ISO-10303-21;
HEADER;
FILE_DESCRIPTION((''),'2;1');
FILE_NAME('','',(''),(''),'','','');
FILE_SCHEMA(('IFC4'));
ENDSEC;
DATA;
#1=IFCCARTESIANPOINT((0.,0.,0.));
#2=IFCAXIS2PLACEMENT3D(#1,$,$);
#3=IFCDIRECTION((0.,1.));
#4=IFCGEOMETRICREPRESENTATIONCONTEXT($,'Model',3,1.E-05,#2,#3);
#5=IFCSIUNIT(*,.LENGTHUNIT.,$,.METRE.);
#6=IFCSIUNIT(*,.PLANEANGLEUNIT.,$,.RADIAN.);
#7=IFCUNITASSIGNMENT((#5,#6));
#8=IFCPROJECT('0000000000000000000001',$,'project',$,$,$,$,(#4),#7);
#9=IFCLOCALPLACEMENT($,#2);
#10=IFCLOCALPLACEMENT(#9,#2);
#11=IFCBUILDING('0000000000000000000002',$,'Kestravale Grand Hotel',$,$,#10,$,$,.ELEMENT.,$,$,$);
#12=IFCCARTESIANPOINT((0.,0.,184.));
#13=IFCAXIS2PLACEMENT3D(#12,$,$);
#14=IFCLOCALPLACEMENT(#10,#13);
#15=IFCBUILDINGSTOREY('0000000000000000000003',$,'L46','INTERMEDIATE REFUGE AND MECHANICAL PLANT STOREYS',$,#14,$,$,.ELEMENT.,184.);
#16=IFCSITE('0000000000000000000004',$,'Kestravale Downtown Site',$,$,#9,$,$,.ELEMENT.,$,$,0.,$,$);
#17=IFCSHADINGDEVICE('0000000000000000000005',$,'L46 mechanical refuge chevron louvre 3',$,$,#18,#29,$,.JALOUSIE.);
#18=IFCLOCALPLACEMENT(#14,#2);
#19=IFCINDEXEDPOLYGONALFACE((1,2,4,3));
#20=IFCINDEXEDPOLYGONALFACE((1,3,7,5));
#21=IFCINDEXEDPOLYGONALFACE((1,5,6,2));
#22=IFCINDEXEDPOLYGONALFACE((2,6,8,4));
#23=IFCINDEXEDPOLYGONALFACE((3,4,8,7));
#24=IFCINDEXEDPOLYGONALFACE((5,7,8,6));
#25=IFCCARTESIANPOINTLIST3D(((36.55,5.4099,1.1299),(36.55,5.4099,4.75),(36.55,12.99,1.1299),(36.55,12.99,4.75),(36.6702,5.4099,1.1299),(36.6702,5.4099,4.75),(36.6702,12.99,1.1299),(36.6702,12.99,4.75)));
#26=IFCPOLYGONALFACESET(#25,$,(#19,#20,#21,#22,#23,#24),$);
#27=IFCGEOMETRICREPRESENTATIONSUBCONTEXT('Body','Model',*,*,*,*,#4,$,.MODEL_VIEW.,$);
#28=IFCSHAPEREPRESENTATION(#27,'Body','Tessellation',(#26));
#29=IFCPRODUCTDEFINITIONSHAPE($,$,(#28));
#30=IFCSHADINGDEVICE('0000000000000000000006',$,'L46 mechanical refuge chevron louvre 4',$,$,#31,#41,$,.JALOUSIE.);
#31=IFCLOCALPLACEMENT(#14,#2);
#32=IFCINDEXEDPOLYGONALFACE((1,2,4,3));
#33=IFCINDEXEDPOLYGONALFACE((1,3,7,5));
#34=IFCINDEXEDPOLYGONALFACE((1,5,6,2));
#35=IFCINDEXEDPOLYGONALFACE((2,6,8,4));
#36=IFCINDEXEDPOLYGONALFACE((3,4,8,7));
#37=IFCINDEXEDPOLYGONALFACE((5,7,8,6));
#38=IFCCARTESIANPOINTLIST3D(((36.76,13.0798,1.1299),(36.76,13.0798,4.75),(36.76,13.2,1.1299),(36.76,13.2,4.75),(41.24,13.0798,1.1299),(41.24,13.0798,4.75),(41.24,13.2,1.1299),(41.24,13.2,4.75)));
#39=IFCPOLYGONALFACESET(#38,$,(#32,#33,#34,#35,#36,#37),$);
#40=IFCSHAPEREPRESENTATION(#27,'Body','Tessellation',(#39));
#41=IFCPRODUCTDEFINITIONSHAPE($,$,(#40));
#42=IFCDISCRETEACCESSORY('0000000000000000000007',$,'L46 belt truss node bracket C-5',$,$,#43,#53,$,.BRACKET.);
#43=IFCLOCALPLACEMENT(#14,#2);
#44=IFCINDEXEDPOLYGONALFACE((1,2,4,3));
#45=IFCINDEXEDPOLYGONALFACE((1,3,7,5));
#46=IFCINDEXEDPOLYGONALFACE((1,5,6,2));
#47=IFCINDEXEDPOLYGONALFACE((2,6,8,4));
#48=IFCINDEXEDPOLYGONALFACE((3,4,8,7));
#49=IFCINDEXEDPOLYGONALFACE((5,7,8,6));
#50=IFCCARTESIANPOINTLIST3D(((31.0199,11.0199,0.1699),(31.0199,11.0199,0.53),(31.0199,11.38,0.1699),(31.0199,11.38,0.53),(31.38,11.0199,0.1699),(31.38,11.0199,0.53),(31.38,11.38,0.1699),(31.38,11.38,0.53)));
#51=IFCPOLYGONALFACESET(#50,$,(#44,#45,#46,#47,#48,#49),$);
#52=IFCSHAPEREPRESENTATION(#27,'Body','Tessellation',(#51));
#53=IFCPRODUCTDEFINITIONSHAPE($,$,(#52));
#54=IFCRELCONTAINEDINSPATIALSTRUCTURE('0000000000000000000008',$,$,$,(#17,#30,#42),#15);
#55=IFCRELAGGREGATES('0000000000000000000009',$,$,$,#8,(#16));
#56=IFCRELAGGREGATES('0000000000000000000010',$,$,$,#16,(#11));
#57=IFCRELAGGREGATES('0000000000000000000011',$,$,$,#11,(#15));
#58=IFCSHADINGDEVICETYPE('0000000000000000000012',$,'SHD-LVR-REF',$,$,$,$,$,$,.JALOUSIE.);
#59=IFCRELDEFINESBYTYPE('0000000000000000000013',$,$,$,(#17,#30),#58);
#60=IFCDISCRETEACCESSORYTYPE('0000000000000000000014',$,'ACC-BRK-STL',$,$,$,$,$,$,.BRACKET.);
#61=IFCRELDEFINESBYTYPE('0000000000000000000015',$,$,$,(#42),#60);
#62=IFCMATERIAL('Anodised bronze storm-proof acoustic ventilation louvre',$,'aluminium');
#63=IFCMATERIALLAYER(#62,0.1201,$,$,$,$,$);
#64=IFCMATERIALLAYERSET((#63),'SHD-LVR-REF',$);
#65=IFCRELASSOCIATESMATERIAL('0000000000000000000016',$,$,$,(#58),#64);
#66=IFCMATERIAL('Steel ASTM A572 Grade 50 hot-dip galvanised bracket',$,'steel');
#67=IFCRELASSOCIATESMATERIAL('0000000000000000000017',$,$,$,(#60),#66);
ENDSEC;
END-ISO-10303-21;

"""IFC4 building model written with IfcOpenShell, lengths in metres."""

from ifc_helpers import new_model, si_unit, direction, frame, origin, origin_2d, place, context, subcontext, project, spatial, rectangle, extrude, material, layer, layer_set, type_object, element, save


model = new_model("IFC4")

# Units and contexts
model_context = context("Model", 3, precision=1e-05, world=origin(), true_north=direction((0.0, 1.0)))
body_context = subcontext(model_context, "Body", "Model", "MODEL_VIEW")
ifc_project = project(units=[si_unit("LENGTHUNIT", "METRE"), si_unit("PLANEANGLEUNIT", "RADIAN")], contexts=[model_context])

# Site, building, storey
site_placement = place(None, origin())
site = spatial("IfcSite", under=ifc_project, at=site_placement, Name="Kestravale Downtown Site", CompositionType="ELEMENT", RefElevation=0.0)
building_placement = place(site_placement, origin())
building = spatial("IfcBuilding", under=site, at=building_placement, Name="Kestravale Grand Hotel", CompositionType="ELEMENT")
storey_placement = place(building_placement, frame((0.0, 0.0, 184.0)))
storey = spatial("IfcBuildingStorey", under=building, at=storey_placement, Name="L46", Description="INTERMEDIATE REFUGE AND MECHANICAL PLANT STOREYS", CompositionType="ELEMENT", Elevation=184.0)

# Shading devices
ifc_material_1 = material(Name="Anodised bronze storm-proof acoustic ventilation louvre", Category="aluminium")
ifc_layer_1 = layer(ifc_material_1, 0.1201)
ifc_layer_set_1 = layer_set([ifc_layer_1], Name="SHD-LVR-REF")
shading_device_type = type_object("IfcShadingDeviceType", Name="SHD-LVR-REF", PredefinedType="JALOUSIE", material=ifc_layer_set_1)
shading_device_1_placement = place(storey_placement, frame((36.6101, 9.2, 1.1299), z_axis=(0.0, 0.0, 1.0), x_axis=(0.0, 1.0, 0.0)))
element("IfcShadingDevice", 1, at=shading_device_1_placement, inside=storey, type_object=shading_device_type, Name="L46 mechanical refuge chevron louvre 3", PredefinedType="JALOUSIE", context=body_context, shape_type="SweptSolid", body=[
    extrude(rectangle(XDim=7.5801, YDim=0.1201, at=origin_2d()), origin(), (0.0, 0.0, 1.0), 3.6201),
])
shading_device_2_placement = place(storey_placement, frame((39.0, 13.1399, 1.1299), z_axis=(0.0, 0.0, 1.0), x_axis=(1.0, 0.0, 0.0)))
element("IfcShadingDevice", 2, at=shading_device_2_placement, inside=storey, type_object=shading_device_type, Name="L46 mechanical refuge chevron louvre 4", PredefinedType="JALOUSIE", context=body_context, shape_type="SweptSolid", body=[
    extrude(rectangle(XDim=4.48, YDim=0.1201, at=origin_2d()), origin(), (0.0, 0.0, 1.0), 3.6201),
])

# Discrete accessory
ifc_material_2 = material(Name="Steel ASTM A572 Grade 50 hot-dip galvanised bracket", Category="steel")
discrete_accessory_type = type_object("IfcDiscreteAccessoryType", Name="ACC-BRK-STL", PredefinedType="BRACKET", material=ifc_material_2)
discrete_accessory_placement = place(storey_placement, frame((31.2, 11.2, 0.1699), z_axis=(0.0, 0.0, 1.0), x_axis=(1.0, 0.0, 0.0)))
element("IfcDiscreteAccessory", 3, at=discrete_accessory_placement, inside=storey, type_object=discrete_accessory_type, Name="L46 belt truss node bracket C-5", PredefinedType="BRACKET", context=body_context, shape_type="SweptSolid", body=[
    extrude(rectangle(XDim=0.3601, YDim=0.3601, at=origin_2d()), origin(), (0.0, 0.0, 1.0), 0.3601),
])

save(model, "model.ifc")
